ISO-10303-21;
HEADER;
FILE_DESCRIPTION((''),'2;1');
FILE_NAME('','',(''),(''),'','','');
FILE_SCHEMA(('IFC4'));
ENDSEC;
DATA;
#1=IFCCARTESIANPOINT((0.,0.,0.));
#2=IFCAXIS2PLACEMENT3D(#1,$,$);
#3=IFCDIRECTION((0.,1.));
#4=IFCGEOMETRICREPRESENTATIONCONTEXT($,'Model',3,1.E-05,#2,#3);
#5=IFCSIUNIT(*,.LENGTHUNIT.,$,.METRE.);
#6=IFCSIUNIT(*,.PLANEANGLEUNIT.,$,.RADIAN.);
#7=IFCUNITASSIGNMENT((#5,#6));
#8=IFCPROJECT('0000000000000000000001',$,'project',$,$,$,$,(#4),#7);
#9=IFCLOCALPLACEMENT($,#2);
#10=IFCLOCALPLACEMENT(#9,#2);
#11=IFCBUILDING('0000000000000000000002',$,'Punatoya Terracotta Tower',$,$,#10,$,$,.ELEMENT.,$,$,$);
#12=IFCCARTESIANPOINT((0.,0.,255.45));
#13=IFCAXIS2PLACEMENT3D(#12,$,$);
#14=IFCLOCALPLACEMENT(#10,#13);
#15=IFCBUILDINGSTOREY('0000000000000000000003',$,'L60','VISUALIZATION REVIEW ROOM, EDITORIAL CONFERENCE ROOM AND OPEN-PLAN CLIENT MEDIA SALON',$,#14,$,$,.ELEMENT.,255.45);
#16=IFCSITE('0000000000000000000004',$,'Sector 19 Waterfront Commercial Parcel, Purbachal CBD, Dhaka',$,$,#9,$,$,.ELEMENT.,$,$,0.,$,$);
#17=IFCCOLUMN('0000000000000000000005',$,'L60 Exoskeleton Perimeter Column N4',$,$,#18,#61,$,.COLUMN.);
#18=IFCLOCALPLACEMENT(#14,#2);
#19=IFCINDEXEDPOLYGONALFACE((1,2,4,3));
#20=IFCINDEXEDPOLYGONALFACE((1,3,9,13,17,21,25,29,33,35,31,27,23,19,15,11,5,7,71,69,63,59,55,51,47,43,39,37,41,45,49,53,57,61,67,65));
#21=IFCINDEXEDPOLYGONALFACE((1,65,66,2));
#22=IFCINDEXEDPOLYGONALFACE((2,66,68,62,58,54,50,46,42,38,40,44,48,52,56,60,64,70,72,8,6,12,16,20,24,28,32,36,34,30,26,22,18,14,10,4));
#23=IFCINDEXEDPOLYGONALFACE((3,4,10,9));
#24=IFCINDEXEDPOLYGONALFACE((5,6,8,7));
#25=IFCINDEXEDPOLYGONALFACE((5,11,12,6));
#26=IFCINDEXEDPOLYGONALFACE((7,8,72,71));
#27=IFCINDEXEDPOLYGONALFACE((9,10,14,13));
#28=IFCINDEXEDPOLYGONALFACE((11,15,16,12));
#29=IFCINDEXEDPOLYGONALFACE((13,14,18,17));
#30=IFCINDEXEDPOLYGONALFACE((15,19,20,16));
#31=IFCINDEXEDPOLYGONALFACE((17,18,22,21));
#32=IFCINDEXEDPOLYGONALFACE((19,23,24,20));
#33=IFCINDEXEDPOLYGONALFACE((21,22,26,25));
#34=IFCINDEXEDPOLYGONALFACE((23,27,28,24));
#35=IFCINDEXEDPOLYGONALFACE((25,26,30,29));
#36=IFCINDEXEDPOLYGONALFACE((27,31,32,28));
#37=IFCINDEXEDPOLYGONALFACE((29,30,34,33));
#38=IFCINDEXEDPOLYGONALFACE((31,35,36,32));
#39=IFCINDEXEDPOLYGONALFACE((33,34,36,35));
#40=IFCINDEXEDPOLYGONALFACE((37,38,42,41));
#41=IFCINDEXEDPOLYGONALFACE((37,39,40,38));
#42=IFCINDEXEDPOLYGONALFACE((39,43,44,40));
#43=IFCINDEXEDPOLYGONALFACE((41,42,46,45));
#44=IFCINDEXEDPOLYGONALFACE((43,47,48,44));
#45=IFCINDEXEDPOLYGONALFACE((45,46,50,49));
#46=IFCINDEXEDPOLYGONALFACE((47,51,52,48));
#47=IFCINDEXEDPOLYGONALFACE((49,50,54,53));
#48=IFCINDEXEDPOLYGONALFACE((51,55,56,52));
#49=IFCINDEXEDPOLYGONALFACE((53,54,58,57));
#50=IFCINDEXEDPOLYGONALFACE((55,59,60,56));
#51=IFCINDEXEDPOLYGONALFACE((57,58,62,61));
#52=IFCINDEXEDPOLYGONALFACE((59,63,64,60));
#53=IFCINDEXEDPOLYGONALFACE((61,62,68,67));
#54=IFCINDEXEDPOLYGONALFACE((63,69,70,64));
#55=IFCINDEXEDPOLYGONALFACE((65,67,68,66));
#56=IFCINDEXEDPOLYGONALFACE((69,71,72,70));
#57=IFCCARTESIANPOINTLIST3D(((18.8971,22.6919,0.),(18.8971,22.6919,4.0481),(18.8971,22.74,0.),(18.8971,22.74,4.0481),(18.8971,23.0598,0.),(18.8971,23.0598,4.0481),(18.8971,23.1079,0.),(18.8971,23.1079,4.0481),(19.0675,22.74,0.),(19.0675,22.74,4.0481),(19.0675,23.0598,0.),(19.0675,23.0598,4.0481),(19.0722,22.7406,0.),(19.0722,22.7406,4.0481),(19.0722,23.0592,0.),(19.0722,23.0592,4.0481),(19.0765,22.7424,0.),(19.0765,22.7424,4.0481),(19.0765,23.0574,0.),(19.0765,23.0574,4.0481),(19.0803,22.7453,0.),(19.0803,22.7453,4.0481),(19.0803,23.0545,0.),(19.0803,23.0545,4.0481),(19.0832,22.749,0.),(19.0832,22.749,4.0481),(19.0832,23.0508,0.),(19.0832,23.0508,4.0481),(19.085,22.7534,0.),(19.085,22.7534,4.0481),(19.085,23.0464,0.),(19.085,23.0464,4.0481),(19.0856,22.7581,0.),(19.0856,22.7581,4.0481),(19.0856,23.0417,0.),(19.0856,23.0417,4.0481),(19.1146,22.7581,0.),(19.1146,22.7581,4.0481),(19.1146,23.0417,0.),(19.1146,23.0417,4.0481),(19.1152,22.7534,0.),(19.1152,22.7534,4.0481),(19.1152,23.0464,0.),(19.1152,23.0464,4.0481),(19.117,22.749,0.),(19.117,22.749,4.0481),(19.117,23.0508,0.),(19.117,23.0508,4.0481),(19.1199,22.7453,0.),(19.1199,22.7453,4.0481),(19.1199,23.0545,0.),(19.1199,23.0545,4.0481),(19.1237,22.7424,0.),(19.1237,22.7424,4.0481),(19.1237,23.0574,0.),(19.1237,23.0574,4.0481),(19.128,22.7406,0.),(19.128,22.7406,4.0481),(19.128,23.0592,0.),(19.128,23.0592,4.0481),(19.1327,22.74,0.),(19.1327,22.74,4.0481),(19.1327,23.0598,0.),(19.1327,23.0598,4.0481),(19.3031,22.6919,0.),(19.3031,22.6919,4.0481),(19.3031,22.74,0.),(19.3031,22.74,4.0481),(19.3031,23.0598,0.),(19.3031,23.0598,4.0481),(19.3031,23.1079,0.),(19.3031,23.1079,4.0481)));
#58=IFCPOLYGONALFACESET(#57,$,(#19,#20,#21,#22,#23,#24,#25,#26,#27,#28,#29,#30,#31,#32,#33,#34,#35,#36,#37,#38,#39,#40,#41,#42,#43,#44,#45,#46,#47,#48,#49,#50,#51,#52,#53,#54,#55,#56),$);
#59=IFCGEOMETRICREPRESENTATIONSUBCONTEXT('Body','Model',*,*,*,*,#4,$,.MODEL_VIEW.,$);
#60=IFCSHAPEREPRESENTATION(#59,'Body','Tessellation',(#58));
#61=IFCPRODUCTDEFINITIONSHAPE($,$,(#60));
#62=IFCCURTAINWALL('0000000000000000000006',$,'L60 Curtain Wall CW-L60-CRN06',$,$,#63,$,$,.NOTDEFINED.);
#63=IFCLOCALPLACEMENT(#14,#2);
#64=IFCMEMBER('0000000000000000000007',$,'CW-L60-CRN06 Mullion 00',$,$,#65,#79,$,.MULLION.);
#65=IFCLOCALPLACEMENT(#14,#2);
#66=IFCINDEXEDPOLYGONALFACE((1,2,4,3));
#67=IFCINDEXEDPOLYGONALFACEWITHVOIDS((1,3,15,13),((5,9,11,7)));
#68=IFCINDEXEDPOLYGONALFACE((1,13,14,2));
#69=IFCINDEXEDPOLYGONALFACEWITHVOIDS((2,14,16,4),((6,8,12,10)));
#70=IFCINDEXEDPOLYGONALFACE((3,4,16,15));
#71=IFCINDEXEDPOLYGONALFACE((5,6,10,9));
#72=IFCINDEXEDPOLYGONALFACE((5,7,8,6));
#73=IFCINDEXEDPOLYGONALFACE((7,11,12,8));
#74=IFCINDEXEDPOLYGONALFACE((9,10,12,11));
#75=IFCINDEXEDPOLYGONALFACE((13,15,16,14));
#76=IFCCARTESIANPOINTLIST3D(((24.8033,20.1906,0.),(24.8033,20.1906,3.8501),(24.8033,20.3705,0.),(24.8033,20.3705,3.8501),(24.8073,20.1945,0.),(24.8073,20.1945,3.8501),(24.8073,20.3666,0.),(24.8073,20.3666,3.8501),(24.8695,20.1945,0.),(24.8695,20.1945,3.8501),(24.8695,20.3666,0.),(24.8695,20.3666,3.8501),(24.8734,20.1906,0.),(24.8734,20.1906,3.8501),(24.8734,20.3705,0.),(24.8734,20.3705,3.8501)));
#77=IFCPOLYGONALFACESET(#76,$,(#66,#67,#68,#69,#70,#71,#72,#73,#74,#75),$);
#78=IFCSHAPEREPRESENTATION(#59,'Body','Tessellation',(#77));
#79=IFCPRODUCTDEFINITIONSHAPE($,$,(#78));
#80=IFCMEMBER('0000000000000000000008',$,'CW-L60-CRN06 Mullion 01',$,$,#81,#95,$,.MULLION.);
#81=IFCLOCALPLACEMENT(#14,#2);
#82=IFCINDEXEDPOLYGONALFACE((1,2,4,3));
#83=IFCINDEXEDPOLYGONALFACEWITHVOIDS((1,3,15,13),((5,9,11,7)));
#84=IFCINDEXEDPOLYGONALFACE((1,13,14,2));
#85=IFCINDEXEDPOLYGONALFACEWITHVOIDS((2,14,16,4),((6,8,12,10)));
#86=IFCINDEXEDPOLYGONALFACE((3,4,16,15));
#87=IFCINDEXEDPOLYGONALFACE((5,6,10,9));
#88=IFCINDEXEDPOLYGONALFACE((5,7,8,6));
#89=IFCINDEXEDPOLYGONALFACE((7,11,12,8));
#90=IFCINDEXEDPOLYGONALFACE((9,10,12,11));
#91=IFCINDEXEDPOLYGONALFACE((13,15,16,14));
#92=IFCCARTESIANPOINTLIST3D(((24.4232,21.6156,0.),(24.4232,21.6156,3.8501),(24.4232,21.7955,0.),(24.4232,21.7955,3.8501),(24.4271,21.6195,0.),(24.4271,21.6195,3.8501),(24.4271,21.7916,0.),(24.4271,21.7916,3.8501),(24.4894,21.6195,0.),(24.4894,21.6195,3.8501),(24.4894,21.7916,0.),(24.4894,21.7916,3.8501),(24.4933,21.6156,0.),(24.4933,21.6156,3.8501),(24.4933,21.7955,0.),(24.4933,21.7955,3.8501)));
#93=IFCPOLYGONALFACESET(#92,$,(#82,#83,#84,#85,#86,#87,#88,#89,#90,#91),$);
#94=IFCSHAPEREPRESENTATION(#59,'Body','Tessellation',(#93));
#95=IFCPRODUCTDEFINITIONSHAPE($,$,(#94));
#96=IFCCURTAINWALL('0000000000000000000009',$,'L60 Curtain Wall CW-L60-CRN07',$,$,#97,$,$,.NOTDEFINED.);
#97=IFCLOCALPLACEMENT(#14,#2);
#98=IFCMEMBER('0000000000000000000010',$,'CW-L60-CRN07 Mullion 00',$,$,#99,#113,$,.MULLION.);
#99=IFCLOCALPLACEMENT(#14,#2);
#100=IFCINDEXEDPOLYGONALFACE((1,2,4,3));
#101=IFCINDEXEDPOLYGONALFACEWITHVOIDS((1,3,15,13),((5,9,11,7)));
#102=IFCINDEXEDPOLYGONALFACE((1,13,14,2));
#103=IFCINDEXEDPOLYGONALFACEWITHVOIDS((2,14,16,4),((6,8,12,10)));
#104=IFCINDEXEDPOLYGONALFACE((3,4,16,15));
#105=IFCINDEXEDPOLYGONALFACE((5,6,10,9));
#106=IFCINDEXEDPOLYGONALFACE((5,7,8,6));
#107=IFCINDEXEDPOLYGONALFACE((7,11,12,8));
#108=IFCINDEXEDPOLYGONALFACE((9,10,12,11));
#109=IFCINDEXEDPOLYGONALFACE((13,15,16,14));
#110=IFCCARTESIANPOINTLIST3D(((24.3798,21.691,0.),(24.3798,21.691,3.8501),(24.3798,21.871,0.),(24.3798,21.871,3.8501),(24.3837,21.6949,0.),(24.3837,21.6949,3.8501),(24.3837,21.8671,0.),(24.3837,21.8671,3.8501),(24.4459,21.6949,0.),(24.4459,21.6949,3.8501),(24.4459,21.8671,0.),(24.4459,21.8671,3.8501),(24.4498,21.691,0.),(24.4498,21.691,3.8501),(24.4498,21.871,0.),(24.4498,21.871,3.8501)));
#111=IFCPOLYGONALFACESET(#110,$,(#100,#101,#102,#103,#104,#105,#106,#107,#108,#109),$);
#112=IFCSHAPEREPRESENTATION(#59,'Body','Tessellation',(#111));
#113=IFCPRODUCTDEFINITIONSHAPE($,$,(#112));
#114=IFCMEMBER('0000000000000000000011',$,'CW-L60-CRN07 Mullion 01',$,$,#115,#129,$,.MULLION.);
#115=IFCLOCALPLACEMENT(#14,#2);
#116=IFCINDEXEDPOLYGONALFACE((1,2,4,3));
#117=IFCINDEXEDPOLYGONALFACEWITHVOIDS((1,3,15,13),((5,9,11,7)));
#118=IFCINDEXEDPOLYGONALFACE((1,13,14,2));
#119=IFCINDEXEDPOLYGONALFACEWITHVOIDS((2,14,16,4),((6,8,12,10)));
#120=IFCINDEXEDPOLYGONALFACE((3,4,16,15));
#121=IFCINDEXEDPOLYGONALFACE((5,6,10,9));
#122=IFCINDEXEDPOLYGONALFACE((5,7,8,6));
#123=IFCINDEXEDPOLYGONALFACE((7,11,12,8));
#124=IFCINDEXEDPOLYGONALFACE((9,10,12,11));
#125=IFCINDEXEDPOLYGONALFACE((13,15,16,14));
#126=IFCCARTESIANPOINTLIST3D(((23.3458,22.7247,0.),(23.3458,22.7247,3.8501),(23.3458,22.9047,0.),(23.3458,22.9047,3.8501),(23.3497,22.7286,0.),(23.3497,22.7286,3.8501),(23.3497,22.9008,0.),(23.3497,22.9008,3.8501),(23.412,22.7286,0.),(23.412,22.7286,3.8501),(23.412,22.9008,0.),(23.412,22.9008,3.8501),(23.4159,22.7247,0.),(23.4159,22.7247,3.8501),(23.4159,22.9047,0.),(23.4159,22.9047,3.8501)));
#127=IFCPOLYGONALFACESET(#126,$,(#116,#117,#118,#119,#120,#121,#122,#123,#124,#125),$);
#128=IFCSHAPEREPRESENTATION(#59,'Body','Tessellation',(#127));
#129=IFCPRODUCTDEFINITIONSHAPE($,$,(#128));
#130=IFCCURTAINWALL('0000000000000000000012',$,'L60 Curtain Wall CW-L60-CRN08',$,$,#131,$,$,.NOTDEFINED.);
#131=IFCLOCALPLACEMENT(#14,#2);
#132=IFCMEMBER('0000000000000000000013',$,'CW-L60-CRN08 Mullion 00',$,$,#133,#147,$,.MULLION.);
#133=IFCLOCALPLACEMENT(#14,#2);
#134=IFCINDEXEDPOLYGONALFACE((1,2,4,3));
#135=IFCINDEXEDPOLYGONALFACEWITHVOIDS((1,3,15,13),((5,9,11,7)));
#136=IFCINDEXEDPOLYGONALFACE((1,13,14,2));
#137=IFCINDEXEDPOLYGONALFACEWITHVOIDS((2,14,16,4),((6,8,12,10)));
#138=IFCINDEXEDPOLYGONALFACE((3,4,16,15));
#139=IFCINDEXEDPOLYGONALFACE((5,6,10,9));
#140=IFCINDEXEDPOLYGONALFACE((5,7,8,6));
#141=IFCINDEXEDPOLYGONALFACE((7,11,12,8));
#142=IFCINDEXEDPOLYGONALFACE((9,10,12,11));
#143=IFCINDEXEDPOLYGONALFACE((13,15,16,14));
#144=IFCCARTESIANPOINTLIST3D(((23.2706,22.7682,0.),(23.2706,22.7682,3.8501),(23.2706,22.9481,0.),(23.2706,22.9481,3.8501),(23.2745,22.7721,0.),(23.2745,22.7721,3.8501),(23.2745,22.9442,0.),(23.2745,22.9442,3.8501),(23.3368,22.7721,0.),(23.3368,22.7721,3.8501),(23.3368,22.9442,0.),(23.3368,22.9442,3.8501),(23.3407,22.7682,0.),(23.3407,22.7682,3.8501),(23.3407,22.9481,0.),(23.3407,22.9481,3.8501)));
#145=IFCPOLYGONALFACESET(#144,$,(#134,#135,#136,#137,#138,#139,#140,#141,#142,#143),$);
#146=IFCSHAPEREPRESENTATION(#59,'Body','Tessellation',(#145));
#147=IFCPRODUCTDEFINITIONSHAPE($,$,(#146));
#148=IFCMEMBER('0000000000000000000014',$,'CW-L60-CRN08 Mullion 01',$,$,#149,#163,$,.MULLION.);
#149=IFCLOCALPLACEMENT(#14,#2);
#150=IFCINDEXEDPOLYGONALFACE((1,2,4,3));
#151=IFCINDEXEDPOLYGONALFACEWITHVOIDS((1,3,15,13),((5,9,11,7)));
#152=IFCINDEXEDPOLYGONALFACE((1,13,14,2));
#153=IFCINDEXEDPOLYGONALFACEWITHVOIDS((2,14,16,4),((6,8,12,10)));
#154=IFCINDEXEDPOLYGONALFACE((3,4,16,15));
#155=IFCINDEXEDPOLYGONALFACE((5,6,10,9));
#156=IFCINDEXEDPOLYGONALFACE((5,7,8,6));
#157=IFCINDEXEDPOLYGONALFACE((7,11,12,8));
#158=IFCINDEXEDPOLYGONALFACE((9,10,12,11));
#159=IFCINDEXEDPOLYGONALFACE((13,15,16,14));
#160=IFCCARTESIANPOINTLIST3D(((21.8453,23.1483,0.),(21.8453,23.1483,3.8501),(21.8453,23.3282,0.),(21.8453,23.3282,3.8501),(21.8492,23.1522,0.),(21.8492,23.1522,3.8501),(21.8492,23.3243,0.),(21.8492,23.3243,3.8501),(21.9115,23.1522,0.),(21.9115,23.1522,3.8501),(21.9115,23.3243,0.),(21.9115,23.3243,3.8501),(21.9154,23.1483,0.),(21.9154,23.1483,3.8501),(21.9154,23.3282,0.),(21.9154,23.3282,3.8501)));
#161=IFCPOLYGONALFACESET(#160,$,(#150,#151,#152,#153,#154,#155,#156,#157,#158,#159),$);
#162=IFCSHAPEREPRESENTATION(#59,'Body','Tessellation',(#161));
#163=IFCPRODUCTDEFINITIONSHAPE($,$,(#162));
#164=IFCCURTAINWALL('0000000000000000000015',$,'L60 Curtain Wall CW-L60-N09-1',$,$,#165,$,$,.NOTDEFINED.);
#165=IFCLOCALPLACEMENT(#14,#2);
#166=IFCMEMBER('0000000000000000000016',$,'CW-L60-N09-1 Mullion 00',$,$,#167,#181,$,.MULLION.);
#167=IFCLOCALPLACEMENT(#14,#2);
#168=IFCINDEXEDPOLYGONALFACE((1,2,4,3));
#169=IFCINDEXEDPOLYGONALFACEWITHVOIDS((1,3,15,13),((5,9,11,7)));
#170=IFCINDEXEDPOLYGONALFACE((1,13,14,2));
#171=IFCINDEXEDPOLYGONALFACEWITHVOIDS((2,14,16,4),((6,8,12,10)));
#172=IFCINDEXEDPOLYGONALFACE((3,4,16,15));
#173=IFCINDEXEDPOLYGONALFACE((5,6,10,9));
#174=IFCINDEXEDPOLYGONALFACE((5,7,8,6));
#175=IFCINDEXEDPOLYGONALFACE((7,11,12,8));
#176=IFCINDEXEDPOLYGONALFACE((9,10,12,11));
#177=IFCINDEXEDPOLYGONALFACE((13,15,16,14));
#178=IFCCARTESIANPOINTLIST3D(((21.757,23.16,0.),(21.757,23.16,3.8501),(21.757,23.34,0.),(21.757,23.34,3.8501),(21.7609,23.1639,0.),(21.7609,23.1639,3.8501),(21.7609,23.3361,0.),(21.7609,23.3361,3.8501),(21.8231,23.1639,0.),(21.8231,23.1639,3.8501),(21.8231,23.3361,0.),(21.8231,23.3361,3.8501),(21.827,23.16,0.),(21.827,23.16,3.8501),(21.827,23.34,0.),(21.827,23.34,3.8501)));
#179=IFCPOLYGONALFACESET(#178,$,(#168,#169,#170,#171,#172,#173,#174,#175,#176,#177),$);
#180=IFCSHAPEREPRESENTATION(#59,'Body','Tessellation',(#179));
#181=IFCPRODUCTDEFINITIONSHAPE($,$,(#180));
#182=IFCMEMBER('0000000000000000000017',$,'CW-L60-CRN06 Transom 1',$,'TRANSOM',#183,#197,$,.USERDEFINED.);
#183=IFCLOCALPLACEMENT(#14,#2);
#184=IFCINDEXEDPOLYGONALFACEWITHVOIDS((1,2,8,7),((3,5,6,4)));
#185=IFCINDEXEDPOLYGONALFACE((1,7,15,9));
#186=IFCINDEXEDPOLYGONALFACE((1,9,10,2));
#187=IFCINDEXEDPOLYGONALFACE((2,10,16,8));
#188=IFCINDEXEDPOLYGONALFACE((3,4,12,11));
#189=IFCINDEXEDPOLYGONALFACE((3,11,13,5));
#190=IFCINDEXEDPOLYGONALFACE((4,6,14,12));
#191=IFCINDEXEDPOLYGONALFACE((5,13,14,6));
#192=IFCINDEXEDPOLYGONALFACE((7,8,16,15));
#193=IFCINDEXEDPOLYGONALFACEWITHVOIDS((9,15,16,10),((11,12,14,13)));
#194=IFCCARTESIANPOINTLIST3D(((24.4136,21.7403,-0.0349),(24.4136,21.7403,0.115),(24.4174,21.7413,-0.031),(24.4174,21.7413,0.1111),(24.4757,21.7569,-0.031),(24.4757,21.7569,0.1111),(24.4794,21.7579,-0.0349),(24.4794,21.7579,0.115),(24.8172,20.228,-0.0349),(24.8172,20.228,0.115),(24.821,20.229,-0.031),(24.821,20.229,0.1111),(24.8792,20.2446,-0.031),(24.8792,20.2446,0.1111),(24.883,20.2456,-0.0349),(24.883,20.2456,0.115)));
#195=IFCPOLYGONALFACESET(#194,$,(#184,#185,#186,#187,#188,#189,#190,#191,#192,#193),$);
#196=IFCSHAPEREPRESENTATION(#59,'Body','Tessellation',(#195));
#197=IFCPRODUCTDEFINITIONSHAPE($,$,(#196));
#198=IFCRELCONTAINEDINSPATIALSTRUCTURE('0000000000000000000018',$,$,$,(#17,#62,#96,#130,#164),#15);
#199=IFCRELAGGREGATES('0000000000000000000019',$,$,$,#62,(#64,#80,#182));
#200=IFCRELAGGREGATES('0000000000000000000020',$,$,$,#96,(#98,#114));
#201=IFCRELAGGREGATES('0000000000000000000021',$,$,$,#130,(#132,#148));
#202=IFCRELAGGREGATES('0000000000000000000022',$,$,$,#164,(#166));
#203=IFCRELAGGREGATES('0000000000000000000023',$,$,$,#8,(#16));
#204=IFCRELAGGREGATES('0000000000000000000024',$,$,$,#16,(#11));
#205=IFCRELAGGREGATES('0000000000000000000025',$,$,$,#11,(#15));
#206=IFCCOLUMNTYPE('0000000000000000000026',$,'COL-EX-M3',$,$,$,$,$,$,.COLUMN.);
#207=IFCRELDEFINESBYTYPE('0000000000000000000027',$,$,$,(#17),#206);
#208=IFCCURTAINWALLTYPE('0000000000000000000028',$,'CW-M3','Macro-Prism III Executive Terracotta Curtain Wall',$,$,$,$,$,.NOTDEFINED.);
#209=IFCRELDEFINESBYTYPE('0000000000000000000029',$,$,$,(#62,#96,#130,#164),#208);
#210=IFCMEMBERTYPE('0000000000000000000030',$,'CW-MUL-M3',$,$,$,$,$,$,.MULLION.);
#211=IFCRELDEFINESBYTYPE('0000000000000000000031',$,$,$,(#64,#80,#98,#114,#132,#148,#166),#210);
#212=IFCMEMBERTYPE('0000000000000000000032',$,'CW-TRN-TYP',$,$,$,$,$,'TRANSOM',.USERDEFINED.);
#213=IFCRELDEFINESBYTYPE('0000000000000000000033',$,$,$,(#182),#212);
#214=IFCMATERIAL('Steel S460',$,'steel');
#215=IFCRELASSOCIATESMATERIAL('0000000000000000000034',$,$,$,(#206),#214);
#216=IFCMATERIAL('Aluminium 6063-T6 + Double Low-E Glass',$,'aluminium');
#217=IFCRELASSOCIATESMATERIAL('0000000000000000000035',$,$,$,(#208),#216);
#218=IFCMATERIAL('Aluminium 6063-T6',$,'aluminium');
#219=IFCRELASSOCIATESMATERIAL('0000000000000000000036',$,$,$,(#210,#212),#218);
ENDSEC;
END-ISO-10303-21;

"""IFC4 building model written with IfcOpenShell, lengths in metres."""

from ifc_helpers import new_model, si_unit, direction, frame, origin, origin_2d, place, context, subcontext, project, spatial, hollow_rectangle, i_section, extrude, material, material_profile, profile_set, type_object, element, aggregate, save


model = new_model("IFC4")

# Units and contexts
model_context = context("Model", 3, precision=1e-05, world=origin(), true_north=direction((0.0, 1.0)))
body_context = subcontext(model_context, "Body", "Model", "MODEL_VIEW")
ifc_project = project(units=[si_unit("LENGTHUNIT", "METRE"), si_unit("PLANEANGLEUNIT", "RADIAN")], contexts=[model_context])

# Site, building, storey
site_placement = place(None, origin())
site = spatial("IfcSite", under=ifc_project, at=site_placement, Name="Sector 19 Waterfront Commercial Parcel, Purbachal CBD, Dhaka", CompositionType="ELEMENT", RefElevation=0.0)
building_placement = place(site_placement, origin())
building = spatial("IfcBuilding", under=site, at=building_placement, Name="Punatoya Terracotta Tower", CompositionType="ELEMENT")
storey_placement = place(building_placement, frame((0.0, 0.0, 255.45)))
storey = spatial("IfcBuildingStorey", under=building, at=storey_placement, Name="L60", Description="VISUALIZATION REVIEW ROOM, EDITORIAL CONFERENCE ROOM AND OPEN-PLAN CLIENT MEDIA SALON", CompositionType="ELEMENT", Elevation=255.45)

# Column
ifc_material_1 = material(Name="Steel S460", Category="steel")
ifc_material_profile_1 = material_profile(ifc_material_1, i_section(OverallWidth=0.406, OverallDepth=0.416, WebThickness=0.0291, FlangeThickness=0.0481, FilletRadius=0.0181, at=origin_2d()))
ifc_profile_set_1 = profile_set([ifc_material_profile_1], Name="Steel S460")
column_type = type_object("IfcColumnType", Name="COL-EX-M3", PredefinedType="COLUMN", material=ifc_profile_set_1)
column_placement = place(storey_placement, frame((19.1001, 22.8999, 0.0), z_axis=(0.0, 0.0, 1.0), x_axis=(1.0, 0.0, 0.0)))
element("IfcColumn", 1, at=column_placement, inside=storey, type_object=column_type, Name="L60 Exoskeleton Perimeter Column N4", PredefinedType="COLUMN", context=body_context, shape_type="SweptSolid", body=[
    extrude(i_section(OverallWidth=0.406, OverallDepth=0.416, WebThickness=0.0291, FlangeThickness=0.0481, FilletRadius=0.0181, at=origin_2d()), origin(), (0.0, 0.0, 1.0), 4.0481),
])

# Curtain walls, members
ifc_material_2 = material(Name="Aluminium 6063-T6 + Double Low-E Glass", Category="aluminium")
curtain_wall_type = type_object("IfcCurtainWallType", Name="CW-M3", Description="Macro-Prism III Executive Terracotta Curtain Wall", PredefinedType="NOTDEFINED", material=ifc_material_2)
curtain_wall_1_placement = place(storey_placement, origin())
curtain_wall_1 = element("IfcCurtainWall", 2, at=curtain_wall_1_placement, inside=storey, type_object=curtain_wall_type, Name="L60 Curtain Wall CW-L60-CRN06", PredefinedType="NOTDEFINED")
ifc_material_3 = material(Name="Aluminium 6063-T6", Category="aluminium")
ifc_material_profile_2 = material_profile(ifc_material_3, hollow_rectangle(XDim=0.0701, YDim=0.1799, WallThickness=0.0039, at=origin_2d()))
ifc_profile_set_2 = profile_set([ifc_material_profile_2], Name="Aluminium 6063-T6")
member_type_1 = type_object("IfcMemberType", Name="CW-MUL-M3", PredefinedType="MULLION", material=ifc_profile_set_2)
member_1_placement = place(storey_placement, frame((24.8384, 20.2805, 0.0), z_axis=(0.0, 0.0, 1.0), x_axis=(1.0, 0.0, 0.0)))
member_1 = element("IfcMember", 3, at=member_1_placement, type_object=member_type_1, Name="CW-L60-CRN06 Mullion 00", PredefinedType="MULLION", context=body_context, shape_type="SweptSolid", body=[
    extrude(hollow_rectangle(XDim=0.0701, YDim=0.1799, WallThickness=0.0039, at=origin_2d()), origin(), (0.0, 0.0, 1.0), 3.8501),
])
member_2_placement = place(storey_placement, frame((24.4583, 21.7056, 0.0), z_axis=(0.0, 0.0, 1.0), x_axis=(1.0, 0.0, 0.0)))
member_2 = element("IfcMember", 4, at=member_2_placement, type_object=member_type_1, Name="CW-L60-CRN06 Mullion 01", PredefinedType="MULLION", context=body_context, shape_type="SweptSolid", body=[
    extrude(hollow_rectangle(XDim=0.0701, YDim=0.1799, WallThickness=0.0039, at=origin_2d()), origin(), (0.0, 0.0, 1.0), 3.8501),
])
curtain_wall_2_placement = place(storey_placement, origin())
curtain_wall_2 = element("IfcCurtainWall", 5, at=curtain_wall_2_placement, inside=storey, type_object=curtain_wall_type, Name="L60 Curtain Wall CW-L60-CRN07", PredefinedType="NOTDEFINED")
member_3_placement = place(storey_placement, frame((24.4148, 21.781, 0.0), z_axis=(0.0, 0.0, 1.0), x_axis=(1.0, 0.0, 0.0)))
member_3 = element("IfcMember", 6, at=member_3_placement, type_object=member_type_1, Name="CW-L60-CRN07 Mullion 00", PredefinedType="MULLION", context=body_context, shape_type="SweptSolid", body=[
    extrude(hollow_rectangle(XDim=0.0701, YDim=0.1799, WallThickness=0.0039, at=origin_2d()), origin(), (0.0, 0.0, 1.0), 3.8501),
])
member_4_placement = place(storey_placement, frame((23.3809, 22.8147, 0.0), z_axis=(0.0, 0.0, 1.0), x_axis=(1.0, 0.0, 0.0)))
member_4 = element("IfcMember", 7, at=member_4_placement, type_object=member_type_1, Name="CW-L60-CRN07 Mullion 01", PredefinedType="MULLION", context=body_context, shape_type="SweptSolid", body=[
    extrude(hollow_rectangle(XDim=0.0701, YDim=0.1799, WallThickness=0.0039, at=origin_2d()), origin(), (0.0, 0.0, 1.0), 3.8501),
])
curtain_wall_3_placement = place(storey_placement, origin())
curtain_wall_3 = element("IfcCurtainWall", 8, at=curtain_wall_3_placement, inside=storey, type_object=curtain_wall_type, Name="L60 Curtain Wall CW-L60-CRN08", PredefinedType="NOTDEFINED")
member_5_placement = place(storey_placement, frame((23.3057, 22.8582, 0.0), z_axis=(0.0, 0.0, 1.0), x_axis=(1.0, 0.0, 0.0)))
member_5 = element("IfcMember", 9, at=member_5_placement, type_object=member_type_1, Name="CW-L60-CRN08 Mullion 00", PredefinedType="MULLION", context=body_context, shape_type="SweptSolid", body=[
    extrude(hollow_rectangle(XDim=0.0701, YDim=0.1799, WallThickness=0.0039, at=origin_2d()), origin(), (0.0, 0.0, 1.0), 3.8501),
])
member_6_placement = place(storey_placement, frame((21.8804, 23.2383, 0.0), z_axis=(0.0, 0.0, 1.0), x_axis=(1.0, 0.0, 0.0)))
member_6 = element("IfcMember", 10, at=member_6_placement, type_object=member_type_1, Name="CW-L60-CRN08 Mullion 01", PredefinedType="MULLION", context=body_context, shape_type="SweptSolid", body=[
    extrude(hollow_rectangle(XDim=0.0701, YDim=0.1799, WallThickness=0.0039, at=origin_2d()), origin(), (0.0, 0.0, 1.0), 3.8501),
])

# Curtain wall, member
curtain_wall_4_placement = place(storey_placement, origin())
curtain_wall_4 = element("IfcCurtainWall", 11, at=curtain_wall_4_placement, inside=storey, type_object=curtain_wall_type, Name="L60 Curtain Wall CW-L60-N09-1", PredefinedType="NOTDEFINED")
member_7_placement = place(storey_placement, frame((21.792, 23.25, 0.0), z_axis=(0.0, 0.0, 1.0), x_axis=(1.0, 0.0, 0.0)))
member_7 = element("IfcMember", 12, at=member_7_placement, type_object=member_type_1, Name="CW-L60-N09-1 Mullion 00", PredefinedType="MULLION", context=body_context, shape_type="SweptSolid", body=[
    extrude(hollow_rectangle(XDim=0.0701, YDim=0.1799, WallThickness=0.0039, at=origin_2d()), origin(), (0.0, 0.0, 1.0), 3.8501),
])

# Member
ifc_material_profile_3 = material_profile(ifc_material_3, hollow_rectangle(XDim=0.0681, YDim=0.1499, WallThickness=0.0039, at=origin_2d()))
ifc_profile_set_3 = profile_set([ifc_material_profile_3], Name="Aluminium 6063-T6")
member_type_2 = type_object("IfcMemberType", Name="CW-TRN-TYP", ElementType="TRANSOM", PredefinedType="USERDEFINED", material=ifc_profile_set_3)
member_8_placement = place(storey_placement, frame((24.8501, 20.2368, 0.04), z_axis=(-0.257847, 0.966186, 0.0), x_axis=(-0.966186, -0.257847, 0.0)))
member_8 = element("IfcMember", 13, at=member_8_placement, type_object=member_type_2, Name="CW-L60-CRN06 Transom 1", ObjectType="TRANSOM", PredefinedType="USERDEFINED", context=body_context, shape_type="SweptSolid", body=[
    extrude(hollow_rectangle(XDim=0.0681, YDim=0.1499, WallThickness=0.0039, at=origin_2d()), origin(), (0.0, 0.0, 1.0), 1.5652),
])

aggregate(curtain_wall_1, [member_1, member_2, member_8])
aggregate(curtain_wall_2, [member_3, member_4])
aggregate(curtain_wall_3, [member_5, member_6])
aggregate(curtain_wall_4, [member_7])

save(model, "model.ifc")
